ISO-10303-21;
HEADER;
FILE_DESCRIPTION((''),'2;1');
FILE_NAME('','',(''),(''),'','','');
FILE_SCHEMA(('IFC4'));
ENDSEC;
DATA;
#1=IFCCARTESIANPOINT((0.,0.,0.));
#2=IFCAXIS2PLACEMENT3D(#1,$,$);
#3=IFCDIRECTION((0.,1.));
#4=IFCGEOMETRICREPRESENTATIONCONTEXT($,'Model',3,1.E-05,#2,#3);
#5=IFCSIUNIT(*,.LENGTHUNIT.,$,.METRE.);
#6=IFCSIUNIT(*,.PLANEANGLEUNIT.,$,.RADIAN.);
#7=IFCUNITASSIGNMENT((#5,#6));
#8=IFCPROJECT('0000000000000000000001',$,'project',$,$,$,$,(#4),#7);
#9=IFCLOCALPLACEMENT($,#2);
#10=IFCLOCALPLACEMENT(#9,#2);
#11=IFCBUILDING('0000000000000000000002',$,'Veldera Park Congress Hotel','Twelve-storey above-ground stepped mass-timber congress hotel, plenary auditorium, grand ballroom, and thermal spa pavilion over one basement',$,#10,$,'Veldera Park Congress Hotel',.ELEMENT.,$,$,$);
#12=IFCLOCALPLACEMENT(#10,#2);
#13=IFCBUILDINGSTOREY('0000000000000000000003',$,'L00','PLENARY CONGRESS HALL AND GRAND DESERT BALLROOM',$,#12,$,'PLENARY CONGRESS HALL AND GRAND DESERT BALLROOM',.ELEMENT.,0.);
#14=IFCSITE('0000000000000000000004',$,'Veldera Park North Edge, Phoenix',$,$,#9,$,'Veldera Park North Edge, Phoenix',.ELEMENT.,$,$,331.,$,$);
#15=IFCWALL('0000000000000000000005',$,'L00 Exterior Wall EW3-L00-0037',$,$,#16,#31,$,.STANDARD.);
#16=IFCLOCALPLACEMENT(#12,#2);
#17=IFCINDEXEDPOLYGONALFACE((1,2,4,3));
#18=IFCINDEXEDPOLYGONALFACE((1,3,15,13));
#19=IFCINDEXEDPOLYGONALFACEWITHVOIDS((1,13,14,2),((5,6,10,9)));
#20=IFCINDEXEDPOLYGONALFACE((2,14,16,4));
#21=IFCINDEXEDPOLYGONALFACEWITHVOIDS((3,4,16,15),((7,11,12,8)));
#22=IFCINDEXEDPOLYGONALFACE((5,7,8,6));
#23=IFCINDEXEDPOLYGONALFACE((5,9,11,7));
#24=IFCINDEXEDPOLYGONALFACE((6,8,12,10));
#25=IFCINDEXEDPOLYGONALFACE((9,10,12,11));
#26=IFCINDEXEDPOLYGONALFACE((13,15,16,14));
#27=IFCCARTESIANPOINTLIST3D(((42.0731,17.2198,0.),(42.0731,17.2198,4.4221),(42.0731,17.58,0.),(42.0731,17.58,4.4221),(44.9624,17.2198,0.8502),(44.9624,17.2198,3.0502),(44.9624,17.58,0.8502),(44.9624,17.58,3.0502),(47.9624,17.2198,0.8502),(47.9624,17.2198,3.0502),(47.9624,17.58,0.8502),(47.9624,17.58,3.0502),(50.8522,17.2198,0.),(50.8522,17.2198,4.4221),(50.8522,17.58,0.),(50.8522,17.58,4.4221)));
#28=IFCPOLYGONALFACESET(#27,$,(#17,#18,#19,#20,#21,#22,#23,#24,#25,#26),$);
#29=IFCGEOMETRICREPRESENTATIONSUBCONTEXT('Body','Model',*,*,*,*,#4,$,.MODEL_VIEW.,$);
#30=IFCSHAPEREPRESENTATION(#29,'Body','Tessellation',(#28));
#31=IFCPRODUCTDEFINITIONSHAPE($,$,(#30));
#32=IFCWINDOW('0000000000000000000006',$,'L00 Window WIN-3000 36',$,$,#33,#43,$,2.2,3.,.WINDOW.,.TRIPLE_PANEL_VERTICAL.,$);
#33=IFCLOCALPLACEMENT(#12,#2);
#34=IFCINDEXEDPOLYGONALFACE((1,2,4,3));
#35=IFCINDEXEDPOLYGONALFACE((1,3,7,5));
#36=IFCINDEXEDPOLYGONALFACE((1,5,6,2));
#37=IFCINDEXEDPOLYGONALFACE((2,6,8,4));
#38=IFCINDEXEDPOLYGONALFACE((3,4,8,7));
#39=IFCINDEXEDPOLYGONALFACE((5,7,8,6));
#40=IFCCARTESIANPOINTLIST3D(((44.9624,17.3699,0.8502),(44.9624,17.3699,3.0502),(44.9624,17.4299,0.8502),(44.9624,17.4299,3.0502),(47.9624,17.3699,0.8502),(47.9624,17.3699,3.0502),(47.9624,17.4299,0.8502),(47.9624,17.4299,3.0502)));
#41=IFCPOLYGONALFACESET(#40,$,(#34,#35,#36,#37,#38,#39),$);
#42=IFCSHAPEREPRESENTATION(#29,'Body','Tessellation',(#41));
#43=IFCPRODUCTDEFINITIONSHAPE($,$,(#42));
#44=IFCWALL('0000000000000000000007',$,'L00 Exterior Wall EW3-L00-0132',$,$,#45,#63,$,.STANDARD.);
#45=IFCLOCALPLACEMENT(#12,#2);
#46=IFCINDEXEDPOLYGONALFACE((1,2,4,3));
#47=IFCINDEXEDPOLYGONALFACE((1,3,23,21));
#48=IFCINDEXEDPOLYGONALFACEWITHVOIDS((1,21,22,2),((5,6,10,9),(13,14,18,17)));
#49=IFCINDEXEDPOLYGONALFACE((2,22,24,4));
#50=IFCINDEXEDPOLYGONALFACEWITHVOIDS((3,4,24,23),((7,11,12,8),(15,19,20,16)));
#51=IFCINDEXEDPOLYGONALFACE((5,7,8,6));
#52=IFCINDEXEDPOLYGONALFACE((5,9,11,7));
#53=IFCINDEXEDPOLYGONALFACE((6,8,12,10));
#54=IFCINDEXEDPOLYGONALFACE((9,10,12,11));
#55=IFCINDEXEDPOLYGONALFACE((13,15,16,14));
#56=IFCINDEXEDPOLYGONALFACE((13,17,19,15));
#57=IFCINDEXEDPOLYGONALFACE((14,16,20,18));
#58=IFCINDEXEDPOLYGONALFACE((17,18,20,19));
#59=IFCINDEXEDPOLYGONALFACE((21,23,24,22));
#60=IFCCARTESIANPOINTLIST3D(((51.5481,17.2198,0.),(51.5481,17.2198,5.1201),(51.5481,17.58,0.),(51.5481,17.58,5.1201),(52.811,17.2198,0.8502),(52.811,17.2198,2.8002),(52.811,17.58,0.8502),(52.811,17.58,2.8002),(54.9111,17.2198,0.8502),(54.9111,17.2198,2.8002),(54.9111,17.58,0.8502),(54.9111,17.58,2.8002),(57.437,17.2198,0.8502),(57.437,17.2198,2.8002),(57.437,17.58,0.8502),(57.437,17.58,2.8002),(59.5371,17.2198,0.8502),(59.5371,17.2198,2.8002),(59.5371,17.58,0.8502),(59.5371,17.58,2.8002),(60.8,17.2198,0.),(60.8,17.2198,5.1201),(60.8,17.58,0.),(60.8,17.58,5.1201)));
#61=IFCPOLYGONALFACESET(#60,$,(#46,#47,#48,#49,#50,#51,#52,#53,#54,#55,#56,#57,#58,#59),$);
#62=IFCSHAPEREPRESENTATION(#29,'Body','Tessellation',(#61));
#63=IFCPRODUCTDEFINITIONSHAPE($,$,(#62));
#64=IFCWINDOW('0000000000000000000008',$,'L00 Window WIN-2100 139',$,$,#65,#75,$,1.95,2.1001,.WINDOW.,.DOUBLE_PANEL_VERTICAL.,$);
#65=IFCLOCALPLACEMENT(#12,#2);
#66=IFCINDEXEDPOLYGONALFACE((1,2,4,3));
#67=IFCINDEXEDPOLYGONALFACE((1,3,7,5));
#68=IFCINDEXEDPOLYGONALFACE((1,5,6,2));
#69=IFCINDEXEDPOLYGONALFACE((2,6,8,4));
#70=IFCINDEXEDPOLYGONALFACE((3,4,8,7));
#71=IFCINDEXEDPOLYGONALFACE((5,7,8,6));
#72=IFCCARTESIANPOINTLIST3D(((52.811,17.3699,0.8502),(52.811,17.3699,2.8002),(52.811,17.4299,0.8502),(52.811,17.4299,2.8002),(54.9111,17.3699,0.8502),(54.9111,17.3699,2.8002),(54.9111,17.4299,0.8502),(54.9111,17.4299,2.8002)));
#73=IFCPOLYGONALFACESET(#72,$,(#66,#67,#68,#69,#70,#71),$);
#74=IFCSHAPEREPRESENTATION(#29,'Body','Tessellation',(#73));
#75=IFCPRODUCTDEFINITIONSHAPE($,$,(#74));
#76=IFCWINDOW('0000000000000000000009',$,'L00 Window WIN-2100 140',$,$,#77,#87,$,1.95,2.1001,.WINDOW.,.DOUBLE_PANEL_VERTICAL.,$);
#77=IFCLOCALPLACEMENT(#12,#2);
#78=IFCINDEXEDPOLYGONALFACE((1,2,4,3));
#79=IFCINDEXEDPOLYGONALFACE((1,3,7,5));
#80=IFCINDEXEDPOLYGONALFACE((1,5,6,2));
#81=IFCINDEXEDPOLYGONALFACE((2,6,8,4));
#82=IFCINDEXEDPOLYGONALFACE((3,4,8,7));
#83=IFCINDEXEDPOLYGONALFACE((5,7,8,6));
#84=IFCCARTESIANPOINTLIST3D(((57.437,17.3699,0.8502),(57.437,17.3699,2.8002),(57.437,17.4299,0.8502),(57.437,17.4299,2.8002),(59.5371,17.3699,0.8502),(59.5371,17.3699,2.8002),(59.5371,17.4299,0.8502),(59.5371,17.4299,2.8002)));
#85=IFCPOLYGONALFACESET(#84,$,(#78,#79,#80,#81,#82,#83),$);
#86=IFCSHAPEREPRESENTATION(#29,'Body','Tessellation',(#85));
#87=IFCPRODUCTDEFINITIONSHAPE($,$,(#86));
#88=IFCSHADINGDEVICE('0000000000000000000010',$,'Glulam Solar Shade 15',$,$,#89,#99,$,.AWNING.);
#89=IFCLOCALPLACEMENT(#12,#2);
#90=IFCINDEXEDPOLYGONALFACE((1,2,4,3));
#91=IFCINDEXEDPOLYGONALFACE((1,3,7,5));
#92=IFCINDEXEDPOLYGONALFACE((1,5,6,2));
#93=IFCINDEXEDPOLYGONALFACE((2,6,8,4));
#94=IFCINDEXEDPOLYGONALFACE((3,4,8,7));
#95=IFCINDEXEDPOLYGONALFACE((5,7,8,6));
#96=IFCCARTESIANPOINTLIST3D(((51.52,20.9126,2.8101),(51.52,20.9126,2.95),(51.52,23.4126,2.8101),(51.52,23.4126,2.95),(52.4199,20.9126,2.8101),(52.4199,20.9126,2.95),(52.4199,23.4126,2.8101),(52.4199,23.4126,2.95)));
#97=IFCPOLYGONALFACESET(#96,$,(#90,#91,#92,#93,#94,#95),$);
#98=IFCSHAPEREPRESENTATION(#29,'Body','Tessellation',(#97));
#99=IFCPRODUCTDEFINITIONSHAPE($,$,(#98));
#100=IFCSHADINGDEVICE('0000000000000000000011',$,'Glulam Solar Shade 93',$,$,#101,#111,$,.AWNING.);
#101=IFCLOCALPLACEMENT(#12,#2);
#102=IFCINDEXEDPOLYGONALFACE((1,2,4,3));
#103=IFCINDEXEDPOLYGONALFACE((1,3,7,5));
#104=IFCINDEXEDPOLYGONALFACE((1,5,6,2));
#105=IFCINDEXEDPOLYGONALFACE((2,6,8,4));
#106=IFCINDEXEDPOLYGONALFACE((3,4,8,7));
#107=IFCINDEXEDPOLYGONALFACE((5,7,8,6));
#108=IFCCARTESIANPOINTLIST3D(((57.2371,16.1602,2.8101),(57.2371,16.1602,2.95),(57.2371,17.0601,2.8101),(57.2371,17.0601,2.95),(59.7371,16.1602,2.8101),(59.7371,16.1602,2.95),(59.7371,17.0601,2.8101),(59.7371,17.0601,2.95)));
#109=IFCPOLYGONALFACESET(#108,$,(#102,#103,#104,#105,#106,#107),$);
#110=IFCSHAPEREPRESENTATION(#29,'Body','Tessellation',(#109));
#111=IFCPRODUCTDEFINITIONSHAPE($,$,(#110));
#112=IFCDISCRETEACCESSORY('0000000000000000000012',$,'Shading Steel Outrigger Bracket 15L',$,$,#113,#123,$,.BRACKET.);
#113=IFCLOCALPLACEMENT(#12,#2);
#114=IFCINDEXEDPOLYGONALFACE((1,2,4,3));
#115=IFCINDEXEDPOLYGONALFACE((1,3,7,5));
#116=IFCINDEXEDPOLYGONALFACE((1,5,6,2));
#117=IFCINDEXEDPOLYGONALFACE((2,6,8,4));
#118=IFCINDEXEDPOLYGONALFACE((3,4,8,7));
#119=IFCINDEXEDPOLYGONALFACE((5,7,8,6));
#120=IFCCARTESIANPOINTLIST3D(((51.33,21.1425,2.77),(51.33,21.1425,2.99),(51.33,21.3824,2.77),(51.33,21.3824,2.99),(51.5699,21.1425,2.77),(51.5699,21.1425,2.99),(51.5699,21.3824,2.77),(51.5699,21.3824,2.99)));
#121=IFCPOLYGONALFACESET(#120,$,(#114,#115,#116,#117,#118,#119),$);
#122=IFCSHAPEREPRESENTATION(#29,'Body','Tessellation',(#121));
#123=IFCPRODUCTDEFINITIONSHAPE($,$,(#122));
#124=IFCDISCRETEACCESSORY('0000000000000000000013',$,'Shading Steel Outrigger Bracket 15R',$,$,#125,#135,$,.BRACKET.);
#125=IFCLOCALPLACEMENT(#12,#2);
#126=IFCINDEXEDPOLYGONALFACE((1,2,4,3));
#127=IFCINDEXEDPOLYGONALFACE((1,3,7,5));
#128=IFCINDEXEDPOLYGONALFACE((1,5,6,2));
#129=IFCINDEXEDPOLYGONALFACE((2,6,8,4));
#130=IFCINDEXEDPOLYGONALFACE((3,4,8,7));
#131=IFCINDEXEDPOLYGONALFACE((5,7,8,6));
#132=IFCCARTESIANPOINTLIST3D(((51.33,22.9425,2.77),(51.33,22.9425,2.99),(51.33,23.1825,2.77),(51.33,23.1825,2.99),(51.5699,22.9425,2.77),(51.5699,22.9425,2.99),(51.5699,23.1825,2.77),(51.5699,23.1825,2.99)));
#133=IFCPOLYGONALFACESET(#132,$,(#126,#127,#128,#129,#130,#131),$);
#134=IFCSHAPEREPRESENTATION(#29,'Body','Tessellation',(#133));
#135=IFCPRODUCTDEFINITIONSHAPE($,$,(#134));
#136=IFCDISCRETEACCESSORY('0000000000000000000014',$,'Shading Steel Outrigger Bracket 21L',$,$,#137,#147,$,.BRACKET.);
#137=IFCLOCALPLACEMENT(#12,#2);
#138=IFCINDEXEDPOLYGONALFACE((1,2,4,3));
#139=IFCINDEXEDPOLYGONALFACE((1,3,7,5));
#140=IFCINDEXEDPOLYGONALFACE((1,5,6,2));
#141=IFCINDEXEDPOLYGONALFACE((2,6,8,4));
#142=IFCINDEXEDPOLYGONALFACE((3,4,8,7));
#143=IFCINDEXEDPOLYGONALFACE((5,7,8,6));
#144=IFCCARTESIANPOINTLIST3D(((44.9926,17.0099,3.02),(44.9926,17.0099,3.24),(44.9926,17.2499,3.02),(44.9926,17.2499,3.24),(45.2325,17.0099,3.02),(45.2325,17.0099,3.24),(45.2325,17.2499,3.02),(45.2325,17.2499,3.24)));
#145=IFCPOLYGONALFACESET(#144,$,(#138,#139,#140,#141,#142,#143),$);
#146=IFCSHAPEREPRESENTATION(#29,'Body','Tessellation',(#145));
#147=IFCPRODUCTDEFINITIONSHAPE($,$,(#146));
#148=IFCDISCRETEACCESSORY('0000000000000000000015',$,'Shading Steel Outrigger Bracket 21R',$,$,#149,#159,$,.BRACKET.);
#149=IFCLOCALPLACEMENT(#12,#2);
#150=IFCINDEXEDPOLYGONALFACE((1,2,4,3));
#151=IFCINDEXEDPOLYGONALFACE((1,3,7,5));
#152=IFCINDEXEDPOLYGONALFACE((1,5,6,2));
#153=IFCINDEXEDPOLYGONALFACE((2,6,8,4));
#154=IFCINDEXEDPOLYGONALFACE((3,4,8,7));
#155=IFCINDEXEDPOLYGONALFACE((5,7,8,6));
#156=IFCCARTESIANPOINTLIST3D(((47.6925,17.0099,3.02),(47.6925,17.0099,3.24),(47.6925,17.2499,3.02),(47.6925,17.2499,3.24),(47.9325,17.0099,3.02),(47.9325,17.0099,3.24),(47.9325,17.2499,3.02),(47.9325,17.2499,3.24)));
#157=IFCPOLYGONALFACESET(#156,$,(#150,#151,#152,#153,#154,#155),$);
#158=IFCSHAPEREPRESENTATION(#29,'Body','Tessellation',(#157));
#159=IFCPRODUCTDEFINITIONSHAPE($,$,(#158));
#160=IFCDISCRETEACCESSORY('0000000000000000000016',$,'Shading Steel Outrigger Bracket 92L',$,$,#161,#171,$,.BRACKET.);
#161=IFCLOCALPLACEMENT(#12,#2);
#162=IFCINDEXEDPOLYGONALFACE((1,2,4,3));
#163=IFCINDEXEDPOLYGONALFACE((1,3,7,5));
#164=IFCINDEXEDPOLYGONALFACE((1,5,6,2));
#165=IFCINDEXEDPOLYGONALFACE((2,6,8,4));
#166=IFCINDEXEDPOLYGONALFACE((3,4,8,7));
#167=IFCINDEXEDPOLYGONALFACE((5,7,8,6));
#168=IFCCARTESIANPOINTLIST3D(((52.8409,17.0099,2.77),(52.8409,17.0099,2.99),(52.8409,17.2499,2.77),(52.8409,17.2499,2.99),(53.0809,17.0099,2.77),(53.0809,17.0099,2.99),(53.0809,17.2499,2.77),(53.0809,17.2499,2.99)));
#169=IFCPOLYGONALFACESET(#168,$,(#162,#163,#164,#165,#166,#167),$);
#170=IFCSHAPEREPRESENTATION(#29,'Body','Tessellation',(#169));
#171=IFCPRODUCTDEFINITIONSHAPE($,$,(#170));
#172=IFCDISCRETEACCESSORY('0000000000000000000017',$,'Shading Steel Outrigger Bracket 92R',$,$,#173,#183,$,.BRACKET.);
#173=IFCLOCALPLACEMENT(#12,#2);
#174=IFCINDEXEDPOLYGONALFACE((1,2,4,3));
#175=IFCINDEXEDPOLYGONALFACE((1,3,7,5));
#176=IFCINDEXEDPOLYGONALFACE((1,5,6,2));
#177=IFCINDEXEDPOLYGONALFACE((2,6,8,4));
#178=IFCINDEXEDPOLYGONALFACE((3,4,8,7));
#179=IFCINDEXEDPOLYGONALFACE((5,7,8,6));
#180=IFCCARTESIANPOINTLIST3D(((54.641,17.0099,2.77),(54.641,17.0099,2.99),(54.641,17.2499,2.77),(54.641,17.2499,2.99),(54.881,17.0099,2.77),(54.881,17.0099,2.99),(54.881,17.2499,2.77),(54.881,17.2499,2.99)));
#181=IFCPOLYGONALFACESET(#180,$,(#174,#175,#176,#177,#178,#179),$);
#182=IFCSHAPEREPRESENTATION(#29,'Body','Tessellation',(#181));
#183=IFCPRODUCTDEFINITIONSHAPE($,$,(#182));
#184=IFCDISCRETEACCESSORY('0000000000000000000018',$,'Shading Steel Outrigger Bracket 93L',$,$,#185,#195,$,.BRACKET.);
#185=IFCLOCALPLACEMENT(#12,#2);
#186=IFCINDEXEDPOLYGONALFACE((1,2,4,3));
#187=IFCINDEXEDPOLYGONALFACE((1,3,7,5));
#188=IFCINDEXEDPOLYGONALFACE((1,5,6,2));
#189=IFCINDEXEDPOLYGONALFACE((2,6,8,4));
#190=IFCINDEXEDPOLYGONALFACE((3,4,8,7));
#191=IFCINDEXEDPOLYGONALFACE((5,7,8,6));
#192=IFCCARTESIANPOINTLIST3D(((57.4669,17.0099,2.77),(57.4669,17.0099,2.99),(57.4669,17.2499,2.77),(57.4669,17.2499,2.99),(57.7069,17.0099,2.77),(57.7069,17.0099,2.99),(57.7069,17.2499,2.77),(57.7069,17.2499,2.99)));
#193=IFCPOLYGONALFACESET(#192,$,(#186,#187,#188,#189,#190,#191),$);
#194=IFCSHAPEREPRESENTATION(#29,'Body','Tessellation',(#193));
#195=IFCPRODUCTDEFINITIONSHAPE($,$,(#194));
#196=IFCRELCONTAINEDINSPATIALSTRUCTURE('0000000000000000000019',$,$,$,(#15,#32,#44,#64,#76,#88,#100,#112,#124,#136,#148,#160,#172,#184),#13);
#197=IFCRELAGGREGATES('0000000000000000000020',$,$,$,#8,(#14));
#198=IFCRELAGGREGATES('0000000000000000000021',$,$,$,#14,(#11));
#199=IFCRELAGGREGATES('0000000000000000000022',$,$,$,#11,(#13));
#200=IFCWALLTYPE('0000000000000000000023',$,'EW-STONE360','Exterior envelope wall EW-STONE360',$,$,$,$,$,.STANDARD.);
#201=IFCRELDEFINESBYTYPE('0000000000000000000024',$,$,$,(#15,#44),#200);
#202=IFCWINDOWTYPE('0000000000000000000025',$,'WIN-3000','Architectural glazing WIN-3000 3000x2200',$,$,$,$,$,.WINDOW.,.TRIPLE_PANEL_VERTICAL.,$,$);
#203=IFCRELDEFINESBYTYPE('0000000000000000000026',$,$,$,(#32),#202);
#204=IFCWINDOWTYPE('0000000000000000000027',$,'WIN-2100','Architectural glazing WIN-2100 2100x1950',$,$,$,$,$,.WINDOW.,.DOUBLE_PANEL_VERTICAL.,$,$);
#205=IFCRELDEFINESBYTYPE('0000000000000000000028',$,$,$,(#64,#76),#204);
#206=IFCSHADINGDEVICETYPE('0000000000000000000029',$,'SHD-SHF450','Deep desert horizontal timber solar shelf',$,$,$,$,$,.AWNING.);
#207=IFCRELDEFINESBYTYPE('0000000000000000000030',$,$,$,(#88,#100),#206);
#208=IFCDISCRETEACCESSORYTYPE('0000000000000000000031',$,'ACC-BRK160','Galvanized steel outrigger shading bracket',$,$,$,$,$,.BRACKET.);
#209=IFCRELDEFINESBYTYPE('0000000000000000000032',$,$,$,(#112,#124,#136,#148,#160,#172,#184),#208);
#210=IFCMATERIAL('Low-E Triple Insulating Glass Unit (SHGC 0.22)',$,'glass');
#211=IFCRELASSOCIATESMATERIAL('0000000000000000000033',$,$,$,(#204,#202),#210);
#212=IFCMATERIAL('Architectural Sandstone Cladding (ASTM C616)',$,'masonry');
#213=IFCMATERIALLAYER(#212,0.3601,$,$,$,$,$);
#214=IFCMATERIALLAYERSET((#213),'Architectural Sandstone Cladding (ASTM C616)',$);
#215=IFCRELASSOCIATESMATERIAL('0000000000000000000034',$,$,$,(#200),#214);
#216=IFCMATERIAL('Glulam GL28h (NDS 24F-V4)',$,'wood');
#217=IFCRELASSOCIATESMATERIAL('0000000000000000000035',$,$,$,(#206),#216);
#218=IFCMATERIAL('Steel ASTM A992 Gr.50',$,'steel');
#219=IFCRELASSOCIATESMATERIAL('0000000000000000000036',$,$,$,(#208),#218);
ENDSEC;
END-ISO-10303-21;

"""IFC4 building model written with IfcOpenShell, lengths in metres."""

from ifc_helpers import new_model, si_unit, direction, frame, frame_2d, origin, origin_2d, place, context, subcontext, project, spatial, rectangle, extrude, material, layer, layer_set, type_object, element, fill, save


model = new_model("IFC4")

# Units and contexts
model_context = context("Model", 3, precision=1e-05, world=origin(), true_north=direction((0.0, 1.0)))
body_context = subcontext(model_context, "Body", "Model", "MODEL_VIEW")
ifc_project = project(units=[si_unit("LENGTHUNIT", "METRE"), si_unit("PLANEANGLEUNIT", "RADIAN")], contexts=[model_context])

# Site, building, storey
site_placement = place(None, origin())
site = spatial("IfcSite", under=ifc_project, at=site_placement, Name="Veldera Park North Edge, Phoenix", LongName="Veldera Park North Edge, Phoenix", CompositionType="ELEMENT", RefElevation=331.0)
building_placement = place(site_placement, origin())
building = spatial("IfcBuilding", under=site, at=building_placement, Name="Veldera Park Congress Hotel", Description="Twelve-storey above-ground stepped mass-timber congress hotel, plenary auditorium, grand ballroom, and thermal spa pavilion over one basement", LongName="Veldera Park Congress Hotel", CompositionType="ELEMENT")
storey_placement = place(building_placement, origin())
storey = spatial("IfcBuildingStorey", under=building, at=storey_placement, Name="L00", Description="PLENARY CONGRESS HALL AND GRAND DESERT BALLROOM", LongName="PLENARY CONGRESS HALL AND GRAND DESERT BALLROOM", CompositionType="ELEMENT", Elevation=0.0)

# Shared definitions
ifc_material_1 = material(Name="Glulam GL28h (NDS 24F-V4)", Category="wood")
ifc_material_2 = material(Name="Steel ASTM A992 Gr.50", Category="steel")

# Shared definitions
ifc_material_3 = material(Name="Low-E Triple Insulating Glass Unit (SHGC 0.22)", Category="glass")

# Wall, opening, window
window_type_1 = type_object("IfcWindowType", Name="WIN-2100", Description="Architectural glazing WIN-2100 2100x1950", PartitioningType="DOUBLE_PANEL_VERTICAL", PredefinedType="WINDOW", material=ifc_material_3)
ifc_material_4 = material(Name="Architectural Sandstone Cladding (ASTM C616)", Category="masonry")
ifc_layer_1 = layer(ifc_material_4, 0.3601)
ifc_layer_set_1 = layer_set([ifc_layer_1], Name="Architectural Sandstone Cladding (ASTM C616)")
wall_type_1 = type_object("IfcWallType", Name="EW-STONE360", Description="Exterior envelope wall EW-STONE360", PredefinedType="STANDARD", material=ifc_layer_set_1)
wall_1_placement = place(storey_placement, frame((42.073, 17.3999, 0.0), z_axis=(0.0, 0.0, 1.0), x_axis=(1.0, 0.0, 0.0)))
wall_1 = element("IfcWall", 1, at=wall_1_placement, inside=storey, type_object=wall_type_1, Name="L00 Exterior Wall EW3-L00-0037", PredefinedType="STANDARD", context=body_context, shape_type="SweptSolid", body=[
    extrude(rectangle(XDim=8.7791, YDim=0.3601, at=frame_2d((4.3896, 0.0))), origin(), (0.0, 0.0, 1.0), 4.4221),
])
opening_1_placement = place(wall_1_placement, frame((2.8894, 0.0, 0.8501)))
opening_1 = element("IfcOpeningElement", 2, at=opening_1_placement, cuts=wall_1, PredefinedType="OPENING", context=body_context, shape_type="SweptSolid", body=[
    extrude(rectangle(XDim=3.0, YDim=2.2, at=frame_2d((1.5, 1.1001))), frame((0.0, 0.1921, 0.0), z_axis=(0.0, -1.0, 0.0), x_axis=(1.0, 0.0, 0.0)), (0.0, 0.0, 1.0), 0.384),
])
window_type_2 = type_object("IfcWindowType", Name="WIN-3000", Description="Architectural glazing WIN-3000 3000x2200", PartitioningType="TRIPLE_PANEL_VERTICAL", PredefinedType="WINDOW", material=ifc_material_3)
window_1_placement = place(opening_1_placement, origin())
window_1 = element("IfcWindow", 3, at=window_1_placement, inside=storey, type_object=window_type_2, Name="L00 Window WIN-3000 36", OverallHeight=2.2, OverallWidth=3.0, PartitioningType="TRIPLE_PANEL_VERTICAL", PredefinedType="WINDOW", context=body_context, shape_type="SweptSolid", body=[
    extrude(rectangle(XDim=3.0, YDim=2.2, at=frame_2d((1.5, 1.1001))), frame((0.0, 0.03, 0.0), z_axis=(0.0, -1.0, 0.0), x_axis=(1.0, 0.0, 0.0)), (0.0, 0.0, 1.0), 0.0601),
])
fill(opening_1, window_1)

# Wall, openings, windows
wall_2_placement = place(storey_placement, frame((51.5481, 17.3999, 0.0), z_axis=(0.0, 0.0, 1.0), x_axis=(1.0, 0.0, 0.0)))
wall_2 = element("IfcWall", 4, at=wall_2_placement, inside=storey, type_object=wall_type_1, Name="L00 Exterior Wall EW3-L00-0132", PredefinedType="STANDARD", context=body_context, shape_type="SweptSolid", body=[
    extrude(rectangle(XDim=9.252, YDim=0.3601, at=frame_2d((4.626, 0.0))), origin(), (0.0, 0.0, 1.0), 5.1201),
])
opening_2_placement = place(wall_2_placement, frame((1.2629, 0.0, 0.8501)))
opening_2 = element("IfcOpeningElement", 5, at=opening_2_placement, cuts=wall_2, PredefinedType="OPENING", context=body_context, shape_type="SweptSolid", body=[
    extrude(rectangle(XDim=2.1001, YDim=1.95, at=frame_2d((1.05, 0.9751))), frame((0.0, 0.1921, 0.0), z_axis=(0.0, -1.0, 0.0), x_axis=(1.0, 0.0, 0.0)), (0.0, 0.0, 1.0), 0.384),
])
opening_3_placement = place(wall_2_placement, frame((5.8889, 0.0, 0.8501)))
opening_3 = element("IfcOpeningElement", 6, at=opening_3_placement, cuts=wall_2, PredefinedType="OPENING", context=body_context, shape_type="SweptSolid", body=[
    extrude(rectangle(XDim=2.1001, YDim=1.95, at=frame_2d((1.05, 0.9751))), frame((0.0, 0.1921, 0.0), z_axis=(0.0, -1.0, 0.0), x_axis=(1.0, 0.0, 0.0)), (0.0, 0.0, 1.0), 0.384),
])
window_2_placement = place(opening_2_placement, origin())
window_2 = element("IfcWindow", 7, at=window_2_placement, inside=storey, type_object=window_type_1, Name="L00 Window WIN-2100 139", OverallHeight=1.95, OverallWidth=2.1001, PartitioningType="DOUBLE_PANEL_VERTICAL", PredefinedType="WINDOW", context=body_context, shape_type="SweptSolid", body=[
    extrude(rectangle(XDim=2.1001, YDim=1.95, at=frame_2d((1.05, 0.9751))), frame((0.0, 0.03, 0.0), z_axis=(0.0, -1.0, 0.0), x_axis=(1.0, 0.0, 0.0)), (0.0, 0.0, 1.0), 0.0601),
])
fill(opening_2, window_2)
window_3_placement = place(opening_3_placement, origin())
window_3 = element("IfcWindow", 8, at=window_3_placement, inside=storey, type_object=window_type_1, Name="L00 Window WIN-2100 140", OverallHeight=1.95, OverallWidth=2.1001, PartitioningType="DOUBLE_PANEL_VERTICAL", PredefinedType="WINDOW", context=body_context, shape_type="SweptSolid", body=[
    extrude(rectangle(XDim=2.1001, YDim=1.95, at=frame_2d((1.05, 0.9751))), frame((0.0, 0.03, 0.0), z_axis=(0.0, -1.0, 0.0), x_axis=(1.0, 0.0, 0.0)), (0.0, 0.0, 1.0), 0.0601),
])
fill(opening_3, window_3)

# Shading devices
shading_device_type = type_object("IfcShadingDeviceType", Name="SHD-SHF450", Description="Deep desert horizontal timber solar shelf", PredefinedType="AWNING", material=ifc_material_1)
for number, where, z_axis, x_axis, name in (
    (9, (51.97, 22.1626, 2.8101), (0.0, 0.0, 1.0), (0.0, 1.0, 0.0), "Glulam Solar Shade 15"),
    (10, (58.4871, 16.6101, 2.8101), (0.0, 0.0, 1.0), (1.0, 0.0, 0.0), "Glulam Solar Shade 93"),
):
    element("IfcShadingDevice", number, at=place(storey_placement, frame(where, z_axis=z_axis, x_axis=x_axis)), inside=storey, type_object=shading_device_type, Name=name, PredefinedType="AWNING", context=body_context, shape_type="SweptSolid", body=[
        extrude(rectangle(XDim=2.5, YDim=0.8999, at=origin_2d()), origin(), (0.0, 0.0, 1.0), 0.1399),
    ])

# Discrete accessories
discrete_accessory_type = type_object("IfcDiscreteAccessoryType", Name="ACC-BRK160", Description="Galvanized steel outrigger shading bracket", PredefinedType="BRACKET", material=ifc_material_2)
for number, where, z_axis, x_axis, name in (
    (11, (51.45, 21.2625, 2.77), (0.0, 0.0, 1.0), (0.0, 1.0, 0.0), "Shading Steel Outrigger Bracket 15L"),
    (12, (51.45, 23.0625, 2.77), (0.0, 0.0, 1.0), (0.0, 1.0, 0.0), "Shading Steel Outrigger Bracket 15R"),
    (13, (45.1125, 17.1299, 3.02), (0.0, 0.0, 1.0), (1.0, 0.0, 0.0), "Shading Steel Outrigger Bracket 21L"),
    (14, (47.8125, 17.1299, 3.02), (0.0, 0.0, 1.0), (1.0, 0.0, 0.0), "Shading Steel Outrigger Bracket 21R"),
    (15, (52.9609, 17.1299, 2.77), (0.0, 0.0, 1.0), (1.0, 0.0, 0.0), "Shading Steel Outrigger Bracket 92L"),
    (16, (54.761, 17.1299, 2.77), (0.0, 0.0, 1.0), (1.0, 0.0, 0.0), "Shading Steel Outrigger Bracket 92R"),
    (17, (57.5869, 17.1299, 2.77), (0.0, 0.0, 1.0), (1.0, 0.0, 0.0), "Shading Steel Outrigger Bracket 93L"),
):
    element("IfcDiscreteAccessory", number, at=place(storey_placement, frame(where, z_axis=z_axis, x_axis=x_axis)), inside=storey, type_object=discrete_accessory_type, Name=name, PredefinedType="BRACKET", context=body_context, shape_type="SweptSolid", body=[
        extrude(rectangle(XDim=0.24, YDim=0.24, at=origin_2d()), origin(), (0.0, 0.0, 1.0), 0.22),
    ])

save(model, "model.ifc")
